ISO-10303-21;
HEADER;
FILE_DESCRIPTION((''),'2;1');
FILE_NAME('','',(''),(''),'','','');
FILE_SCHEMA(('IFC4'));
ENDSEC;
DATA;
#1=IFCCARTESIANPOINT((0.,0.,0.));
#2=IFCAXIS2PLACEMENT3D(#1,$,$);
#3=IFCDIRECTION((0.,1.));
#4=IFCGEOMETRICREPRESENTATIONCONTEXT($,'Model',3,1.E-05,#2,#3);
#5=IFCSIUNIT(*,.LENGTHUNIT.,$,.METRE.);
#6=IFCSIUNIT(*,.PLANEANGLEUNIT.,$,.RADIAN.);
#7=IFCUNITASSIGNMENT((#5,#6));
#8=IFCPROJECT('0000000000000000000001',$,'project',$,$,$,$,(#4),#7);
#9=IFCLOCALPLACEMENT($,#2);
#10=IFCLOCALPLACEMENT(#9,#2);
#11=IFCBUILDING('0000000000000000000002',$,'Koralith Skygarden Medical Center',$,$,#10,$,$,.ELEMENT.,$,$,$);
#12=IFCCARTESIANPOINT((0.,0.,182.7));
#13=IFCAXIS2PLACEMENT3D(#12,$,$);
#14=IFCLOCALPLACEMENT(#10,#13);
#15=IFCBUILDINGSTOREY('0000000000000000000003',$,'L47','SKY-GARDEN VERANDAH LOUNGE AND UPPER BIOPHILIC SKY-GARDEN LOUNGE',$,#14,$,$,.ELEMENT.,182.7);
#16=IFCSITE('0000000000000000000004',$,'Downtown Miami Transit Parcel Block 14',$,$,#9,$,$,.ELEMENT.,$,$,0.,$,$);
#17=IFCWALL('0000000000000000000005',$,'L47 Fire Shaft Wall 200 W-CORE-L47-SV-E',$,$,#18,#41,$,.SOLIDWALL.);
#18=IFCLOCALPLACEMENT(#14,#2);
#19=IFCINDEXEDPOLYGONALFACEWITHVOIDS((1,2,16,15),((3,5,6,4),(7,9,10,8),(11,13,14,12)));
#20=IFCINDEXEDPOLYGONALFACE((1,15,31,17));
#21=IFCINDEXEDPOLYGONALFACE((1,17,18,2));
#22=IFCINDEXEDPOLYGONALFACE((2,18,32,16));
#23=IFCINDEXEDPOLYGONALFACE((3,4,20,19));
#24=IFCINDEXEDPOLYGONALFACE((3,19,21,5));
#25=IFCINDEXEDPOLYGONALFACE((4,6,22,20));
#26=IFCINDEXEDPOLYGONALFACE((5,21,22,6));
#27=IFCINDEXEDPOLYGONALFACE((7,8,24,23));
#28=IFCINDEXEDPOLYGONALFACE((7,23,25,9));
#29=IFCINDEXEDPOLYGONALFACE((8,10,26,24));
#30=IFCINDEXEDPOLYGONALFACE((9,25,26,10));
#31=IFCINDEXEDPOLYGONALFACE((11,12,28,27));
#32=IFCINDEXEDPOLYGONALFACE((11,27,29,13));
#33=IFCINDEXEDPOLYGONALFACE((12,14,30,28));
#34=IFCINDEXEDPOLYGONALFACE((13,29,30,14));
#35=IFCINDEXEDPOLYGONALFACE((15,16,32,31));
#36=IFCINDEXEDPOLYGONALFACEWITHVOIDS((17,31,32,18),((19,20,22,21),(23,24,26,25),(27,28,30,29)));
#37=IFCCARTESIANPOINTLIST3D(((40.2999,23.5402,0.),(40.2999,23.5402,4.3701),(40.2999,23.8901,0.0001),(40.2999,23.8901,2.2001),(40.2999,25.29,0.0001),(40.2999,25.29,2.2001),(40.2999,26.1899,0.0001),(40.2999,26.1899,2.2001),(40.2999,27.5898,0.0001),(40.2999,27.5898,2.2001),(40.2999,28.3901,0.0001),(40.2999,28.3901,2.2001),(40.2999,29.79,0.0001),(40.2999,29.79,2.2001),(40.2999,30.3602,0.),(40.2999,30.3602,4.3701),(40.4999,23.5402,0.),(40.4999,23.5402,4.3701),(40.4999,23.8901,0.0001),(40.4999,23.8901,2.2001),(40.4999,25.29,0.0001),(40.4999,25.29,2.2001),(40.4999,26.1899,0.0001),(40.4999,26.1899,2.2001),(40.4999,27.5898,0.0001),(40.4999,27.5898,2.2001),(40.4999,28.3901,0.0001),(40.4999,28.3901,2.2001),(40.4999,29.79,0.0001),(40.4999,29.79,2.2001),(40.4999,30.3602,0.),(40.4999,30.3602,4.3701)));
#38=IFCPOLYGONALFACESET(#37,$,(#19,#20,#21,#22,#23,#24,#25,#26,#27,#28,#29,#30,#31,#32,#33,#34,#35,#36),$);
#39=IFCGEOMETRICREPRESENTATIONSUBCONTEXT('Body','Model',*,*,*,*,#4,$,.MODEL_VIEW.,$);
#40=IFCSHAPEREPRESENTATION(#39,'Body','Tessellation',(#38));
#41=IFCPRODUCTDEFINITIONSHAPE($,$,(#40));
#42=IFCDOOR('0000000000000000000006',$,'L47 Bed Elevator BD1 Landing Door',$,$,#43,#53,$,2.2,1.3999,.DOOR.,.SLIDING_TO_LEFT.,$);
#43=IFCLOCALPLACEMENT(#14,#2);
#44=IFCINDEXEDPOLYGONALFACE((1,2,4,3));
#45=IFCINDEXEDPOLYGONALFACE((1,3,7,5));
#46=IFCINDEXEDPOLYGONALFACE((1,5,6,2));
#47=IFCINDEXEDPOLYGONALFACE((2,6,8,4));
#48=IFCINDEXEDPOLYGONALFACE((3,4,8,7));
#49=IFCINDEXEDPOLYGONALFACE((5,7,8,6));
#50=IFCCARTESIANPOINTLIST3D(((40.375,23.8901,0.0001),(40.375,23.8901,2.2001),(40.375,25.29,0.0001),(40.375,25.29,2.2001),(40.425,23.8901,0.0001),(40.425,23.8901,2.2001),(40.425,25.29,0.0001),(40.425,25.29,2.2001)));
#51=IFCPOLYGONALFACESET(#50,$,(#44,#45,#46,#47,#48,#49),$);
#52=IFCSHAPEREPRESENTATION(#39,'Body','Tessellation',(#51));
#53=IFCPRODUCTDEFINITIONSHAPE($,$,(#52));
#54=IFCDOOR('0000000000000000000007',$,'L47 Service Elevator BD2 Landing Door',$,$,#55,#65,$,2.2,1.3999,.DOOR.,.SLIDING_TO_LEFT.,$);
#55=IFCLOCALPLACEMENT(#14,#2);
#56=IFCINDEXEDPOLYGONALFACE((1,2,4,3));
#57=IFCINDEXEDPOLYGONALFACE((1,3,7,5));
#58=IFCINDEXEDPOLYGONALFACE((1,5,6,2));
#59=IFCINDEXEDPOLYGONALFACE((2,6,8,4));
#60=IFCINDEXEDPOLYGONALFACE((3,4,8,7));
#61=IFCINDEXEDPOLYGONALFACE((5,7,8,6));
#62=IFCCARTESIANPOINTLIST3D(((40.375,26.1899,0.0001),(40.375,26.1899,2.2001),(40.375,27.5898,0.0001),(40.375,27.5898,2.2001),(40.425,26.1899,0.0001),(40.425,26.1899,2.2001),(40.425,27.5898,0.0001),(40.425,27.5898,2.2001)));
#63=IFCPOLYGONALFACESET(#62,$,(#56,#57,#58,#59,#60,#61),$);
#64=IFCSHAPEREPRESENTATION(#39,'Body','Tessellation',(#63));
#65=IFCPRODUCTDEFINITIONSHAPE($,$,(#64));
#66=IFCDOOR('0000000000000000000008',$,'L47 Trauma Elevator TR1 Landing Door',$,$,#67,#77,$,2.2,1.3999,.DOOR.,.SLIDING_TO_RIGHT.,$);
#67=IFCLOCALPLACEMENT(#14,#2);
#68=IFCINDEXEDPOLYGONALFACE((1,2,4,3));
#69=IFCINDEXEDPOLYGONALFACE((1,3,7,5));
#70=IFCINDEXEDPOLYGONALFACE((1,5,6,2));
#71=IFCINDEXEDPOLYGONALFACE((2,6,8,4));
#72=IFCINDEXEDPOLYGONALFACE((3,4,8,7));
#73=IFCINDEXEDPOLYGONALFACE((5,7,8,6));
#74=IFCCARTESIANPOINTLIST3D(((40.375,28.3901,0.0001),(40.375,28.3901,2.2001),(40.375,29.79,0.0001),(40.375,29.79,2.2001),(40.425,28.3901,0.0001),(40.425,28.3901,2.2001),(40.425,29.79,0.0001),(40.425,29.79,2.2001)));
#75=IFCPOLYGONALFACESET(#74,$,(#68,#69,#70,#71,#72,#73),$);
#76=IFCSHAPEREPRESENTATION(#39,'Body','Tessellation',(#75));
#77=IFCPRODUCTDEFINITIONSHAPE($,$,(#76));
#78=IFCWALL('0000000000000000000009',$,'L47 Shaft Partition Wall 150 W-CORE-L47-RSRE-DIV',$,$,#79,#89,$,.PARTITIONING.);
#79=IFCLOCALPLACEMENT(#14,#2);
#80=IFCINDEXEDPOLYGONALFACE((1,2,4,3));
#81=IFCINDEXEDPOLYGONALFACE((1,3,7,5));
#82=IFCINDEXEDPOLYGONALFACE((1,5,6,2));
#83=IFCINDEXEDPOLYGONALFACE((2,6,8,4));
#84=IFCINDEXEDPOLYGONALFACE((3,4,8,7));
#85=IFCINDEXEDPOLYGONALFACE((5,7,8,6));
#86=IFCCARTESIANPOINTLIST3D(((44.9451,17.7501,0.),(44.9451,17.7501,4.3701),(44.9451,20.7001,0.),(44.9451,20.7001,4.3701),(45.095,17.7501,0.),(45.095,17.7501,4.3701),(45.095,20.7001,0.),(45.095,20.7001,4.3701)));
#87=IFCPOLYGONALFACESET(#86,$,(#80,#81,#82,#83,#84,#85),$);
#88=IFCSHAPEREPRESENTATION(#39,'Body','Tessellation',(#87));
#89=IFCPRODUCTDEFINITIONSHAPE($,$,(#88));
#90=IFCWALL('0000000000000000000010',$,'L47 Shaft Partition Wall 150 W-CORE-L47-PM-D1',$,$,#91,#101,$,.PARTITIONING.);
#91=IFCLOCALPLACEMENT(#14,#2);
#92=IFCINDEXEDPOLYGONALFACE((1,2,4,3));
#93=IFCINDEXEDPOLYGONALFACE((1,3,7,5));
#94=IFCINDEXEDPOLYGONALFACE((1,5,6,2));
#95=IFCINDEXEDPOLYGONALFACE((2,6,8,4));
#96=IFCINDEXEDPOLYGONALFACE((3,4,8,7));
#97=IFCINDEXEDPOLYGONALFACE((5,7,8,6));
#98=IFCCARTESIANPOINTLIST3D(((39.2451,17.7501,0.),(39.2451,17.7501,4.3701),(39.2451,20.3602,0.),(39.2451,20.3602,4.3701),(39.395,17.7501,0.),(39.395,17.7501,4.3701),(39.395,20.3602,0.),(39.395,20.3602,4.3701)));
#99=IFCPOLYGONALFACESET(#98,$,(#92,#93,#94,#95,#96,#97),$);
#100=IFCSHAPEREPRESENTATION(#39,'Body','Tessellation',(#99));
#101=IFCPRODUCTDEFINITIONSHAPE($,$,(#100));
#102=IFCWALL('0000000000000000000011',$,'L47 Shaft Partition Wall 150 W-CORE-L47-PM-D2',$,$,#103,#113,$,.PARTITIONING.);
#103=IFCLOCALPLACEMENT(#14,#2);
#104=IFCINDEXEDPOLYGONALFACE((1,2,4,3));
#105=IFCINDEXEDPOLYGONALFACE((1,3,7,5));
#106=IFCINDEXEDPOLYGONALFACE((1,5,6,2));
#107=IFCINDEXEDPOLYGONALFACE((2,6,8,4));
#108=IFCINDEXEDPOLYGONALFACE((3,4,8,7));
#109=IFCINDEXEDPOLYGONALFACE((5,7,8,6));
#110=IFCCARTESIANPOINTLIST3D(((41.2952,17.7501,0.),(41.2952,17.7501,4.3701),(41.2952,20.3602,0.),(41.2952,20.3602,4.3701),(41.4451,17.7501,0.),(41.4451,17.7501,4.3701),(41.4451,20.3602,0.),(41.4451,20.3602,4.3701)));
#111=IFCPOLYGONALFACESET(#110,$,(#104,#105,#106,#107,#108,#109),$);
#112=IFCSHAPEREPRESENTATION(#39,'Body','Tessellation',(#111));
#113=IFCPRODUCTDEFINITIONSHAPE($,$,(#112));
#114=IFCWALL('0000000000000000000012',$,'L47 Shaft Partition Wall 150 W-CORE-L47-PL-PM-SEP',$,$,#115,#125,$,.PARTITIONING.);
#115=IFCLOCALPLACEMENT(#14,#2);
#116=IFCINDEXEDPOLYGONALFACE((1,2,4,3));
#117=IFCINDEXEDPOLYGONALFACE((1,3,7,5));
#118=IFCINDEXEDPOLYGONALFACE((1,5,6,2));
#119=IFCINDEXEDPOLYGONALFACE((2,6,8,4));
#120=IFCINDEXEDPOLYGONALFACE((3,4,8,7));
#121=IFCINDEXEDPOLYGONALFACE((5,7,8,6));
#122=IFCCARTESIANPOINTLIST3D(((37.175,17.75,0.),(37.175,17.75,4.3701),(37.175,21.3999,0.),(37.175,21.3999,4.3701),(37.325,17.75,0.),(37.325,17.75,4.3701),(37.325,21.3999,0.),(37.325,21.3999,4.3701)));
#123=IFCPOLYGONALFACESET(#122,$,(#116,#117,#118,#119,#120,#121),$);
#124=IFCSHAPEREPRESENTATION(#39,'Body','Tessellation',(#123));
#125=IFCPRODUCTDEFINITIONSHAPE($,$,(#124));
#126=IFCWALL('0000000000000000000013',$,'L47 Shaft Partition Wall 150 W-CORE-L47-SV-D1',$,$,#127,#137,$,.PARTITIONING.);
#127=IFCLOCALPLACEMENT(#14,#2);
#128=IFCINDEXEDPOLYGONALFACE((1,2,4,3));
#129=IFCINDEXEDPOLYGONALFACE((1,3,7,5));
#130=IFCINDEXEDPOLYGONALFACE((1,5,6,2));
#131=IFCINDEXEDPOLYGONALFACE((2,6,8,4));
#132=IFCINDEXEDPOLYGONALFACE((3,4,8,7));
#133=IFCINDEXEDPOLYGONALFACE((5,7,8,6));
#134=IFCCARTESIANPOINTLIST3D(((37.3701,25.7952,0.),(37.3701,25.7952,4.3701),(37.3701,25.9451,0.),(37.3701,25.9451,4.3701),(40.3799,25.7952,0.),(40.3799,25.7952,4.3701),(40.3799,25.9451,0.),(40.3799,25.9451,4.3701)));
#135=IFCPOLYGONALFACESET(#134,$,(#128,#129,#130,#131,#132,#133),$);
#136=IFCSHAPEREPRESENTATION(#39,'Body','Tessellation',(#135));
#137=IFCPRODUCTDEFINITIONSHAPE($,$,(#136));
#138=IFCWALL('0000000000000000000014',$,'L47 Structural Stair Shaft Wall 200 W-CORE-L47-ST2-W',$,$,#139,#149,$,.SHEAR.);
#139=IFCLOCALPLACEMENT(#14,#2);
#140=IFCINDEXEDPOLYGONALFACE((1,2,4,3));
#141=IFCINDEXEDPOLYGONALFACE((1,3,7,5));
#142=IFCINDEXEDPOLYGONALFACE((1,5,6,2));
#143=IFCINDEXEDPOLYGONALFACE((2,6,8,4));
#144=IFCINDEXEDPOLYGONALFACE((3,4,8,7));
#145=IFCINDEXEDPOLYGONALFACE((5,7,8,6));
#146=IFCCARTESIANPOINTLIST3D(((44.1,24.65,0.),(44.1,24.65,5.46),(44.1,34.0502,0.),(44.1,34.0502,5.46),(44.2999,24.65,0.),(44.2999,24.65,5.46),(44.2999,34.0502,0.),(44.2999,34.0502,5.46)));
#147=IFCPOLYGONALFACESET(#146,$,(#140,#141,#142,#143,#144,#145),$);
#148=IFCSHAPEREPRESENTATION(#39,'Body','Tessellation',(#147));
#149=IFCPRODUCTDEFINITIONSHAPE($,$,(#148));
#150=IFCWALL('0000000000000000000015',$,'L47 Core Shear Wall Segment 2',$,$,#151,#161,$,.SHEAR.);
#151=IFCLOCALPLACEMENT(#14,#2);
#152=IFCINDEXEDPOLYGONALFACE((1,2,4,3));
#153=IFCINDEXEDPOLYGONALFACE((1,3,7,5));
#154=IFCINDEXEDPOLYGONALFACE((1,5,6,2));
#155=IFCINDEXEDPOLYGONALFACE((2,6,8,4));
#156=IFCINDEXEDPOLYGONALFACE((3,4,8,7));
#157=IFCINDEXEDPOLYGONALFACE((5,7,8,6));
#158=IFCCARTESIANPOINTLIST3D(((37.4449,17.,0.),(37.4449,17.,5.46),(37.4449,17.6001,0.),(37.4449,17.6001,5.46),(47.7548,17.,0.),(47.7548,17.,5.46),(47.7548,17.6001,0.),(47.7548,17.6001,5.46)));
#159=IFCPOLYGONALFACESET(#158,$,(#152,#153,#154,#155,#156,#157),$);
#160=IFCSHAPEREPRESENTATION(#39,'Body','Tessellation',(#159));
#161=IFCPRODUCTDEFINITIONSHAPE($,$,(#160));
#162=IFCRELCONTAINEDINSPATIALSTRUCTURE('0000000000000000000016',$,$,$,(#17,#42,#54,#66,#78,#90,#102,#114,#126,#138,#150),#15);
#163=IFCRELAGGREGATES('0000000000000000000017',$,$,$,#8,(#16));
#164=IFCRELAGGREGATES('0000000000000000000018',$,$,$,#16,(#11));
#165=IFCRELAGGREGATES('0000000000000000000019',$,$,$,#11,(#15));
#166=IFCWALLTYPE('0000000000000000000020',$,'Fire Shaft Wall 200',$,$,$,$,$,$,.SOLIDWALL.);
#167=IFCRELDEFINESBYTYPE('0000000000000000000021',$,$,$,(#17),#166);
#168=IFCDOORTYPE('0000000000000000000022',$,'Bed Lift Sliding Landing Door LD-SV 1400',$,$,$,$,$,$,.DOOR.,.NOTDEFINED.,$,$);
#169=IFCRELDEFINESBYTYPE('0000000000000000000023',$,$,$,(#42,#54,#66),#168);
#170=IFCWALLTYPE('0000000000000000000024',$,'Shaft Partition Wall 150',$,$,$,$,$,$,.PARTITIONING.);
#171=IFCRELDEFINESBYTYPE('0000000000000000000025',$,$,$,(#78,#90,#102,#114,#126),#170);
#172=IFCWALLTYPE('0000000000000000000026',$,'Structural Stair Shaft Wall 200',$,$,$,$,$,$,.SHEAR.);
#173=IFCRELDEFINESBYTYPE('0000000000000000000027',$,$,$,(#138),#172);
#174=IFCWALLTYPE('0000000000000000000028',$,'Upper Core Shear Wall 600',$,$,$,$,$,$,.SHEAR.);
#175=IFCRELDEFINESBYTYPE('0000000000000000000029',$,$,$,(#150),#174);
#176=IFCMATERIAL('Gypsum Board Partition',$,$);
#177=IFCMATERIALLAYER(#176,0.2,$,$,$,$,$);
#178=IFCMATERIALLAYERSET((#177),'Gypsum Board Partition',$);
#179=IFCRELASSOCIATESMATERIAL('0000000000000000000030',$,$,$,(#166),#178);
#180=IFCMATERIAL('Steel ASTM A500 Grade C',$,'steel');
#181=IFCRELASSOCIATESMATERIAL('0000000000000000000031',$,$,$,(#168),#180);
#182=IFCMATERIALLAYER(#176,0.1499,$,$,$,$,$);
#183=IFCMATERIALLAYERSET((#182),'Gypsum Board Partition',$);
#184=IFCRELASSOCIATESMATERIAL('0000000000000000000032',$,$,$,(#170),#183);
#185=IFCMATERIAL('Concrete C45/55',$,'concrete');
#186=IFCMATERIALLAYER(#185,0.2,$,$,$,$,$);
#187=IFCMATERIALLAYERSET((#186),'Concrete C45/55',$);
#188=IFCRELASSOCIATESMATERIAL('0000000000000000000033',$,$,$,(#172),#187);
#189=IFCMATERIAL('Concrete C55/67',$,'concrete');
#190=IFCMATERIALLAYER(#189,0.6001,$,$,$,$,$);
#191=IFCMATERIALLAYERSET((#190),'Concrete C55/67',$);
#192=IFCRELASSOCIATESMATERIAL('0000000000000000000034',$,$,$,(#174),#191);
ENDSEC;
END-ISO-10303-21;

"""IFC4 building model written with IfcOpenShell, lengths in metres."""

from ifc_helpers import new_model, si_unit, direction, frame, frame_2d, origin, place, context, subcontext, project, spatial, rectangle, extrude, material, layer, layer_set, type_object, element, fill, save


model = new_model("IFC4")

# Units and contexts
model_context = context("Model", 3, precision=1e-05, world=origin(), true_north=direction((0.0, 1.0)))
body_context = subcontext(model_context, "Body", "Model", "MODEL_VIEW")
ifc_project = project(units=[si_unit("LENGTHUNIT", "METRE"), si_unit("PLANEANGLEUNIT", "RADIAN")], contexts=[model_context])

# Site, building, storey
site_placement = place(None, origin())
site = spatial("IfcSite", under=ifc_project, at=site_placement, Name="Downtown Miami Transit Parcel Block 14", CompositionType="ELEMENT", RefElevation=0.0)
building_placement = place(site_placement, origin())
building = spatial("IfcBuilding", under=site, at=building_placement, Name="Koralith Skygarden Medical Center", CompositionType="ELEMENT")
storey_placement = place(building_placement, frame((0.0, 0.0, 182.7)))
storey = spatial("IfcBuildingStorey", under=building, at=storey_placement, Name="L47", Description="SKY-GARDEN VERANDAH LOUNGE AND UPPER BIOPHILIC SKY-GARDEN LOUNGE", CompositionType="ELEMENT", Elevation=182.7)

# Shared definitions
ifc_material_1 = material(Name="Concrete C55/67", Category="concrete")

# Shared definitions
ifc_material_2 = material(Name="Gypsum Board Partition")
ifc_layer_1 = layer(ifc_material_2, 0.2)
ifc_layer_set_1 = layer_set([ifc_layer_1], Name="Gypsum Board Partition")
wall_type_1 = type_object("IfcWallType", Name="Fire Shaft Wall 200", PredefinedType="SOLIDWALL", material=ifc_layer_set_1)
ifc_material_3 = material(Name="Steel ASTM A500 Grade C", Category="steel")

# Wall, openings, doors
wall_1_placement = place(storey_placement, frame((40.3999, 23.54, 0.0), z_axis=(0.0, 0.0, 1.0), x_axis=(0.0, 1.0, 0.0)))
wall_1 = element("IfcWall", 1, at=wall_1_placement, inside=storey, type_object=wall_type_1, Name="L47 Fire Shaft Wall 200 W-CORE-L47-SV-E", PredefinedType="SOLIDWALL", context=body_context, shape_type="SweptSolid", body=[
    extrude(rectangle(XDim=6.8201, YDim=0.2, at=frame_2d((3.4102, 0.0))), origin(), (0.0, 0.0, 1.0), 4.3701),
])
opening_1_placement = place(wall_1_placement, frame((0.3501, 0.0, 0.0)))
opening_1 = element("IfcOpeningElement", 2, at=opening_1_placement, cuts=wall_1, PredefinedType="OPENING", context=body_context, shape_type="SweptSolid", body=[
    extrude(rectangle(XDim=1.3999, YDim=2.2, at=frame_2d((0.7, 1.1001))), frame((0.0, 0.1099, 0.0), z_axis=(0.0, -1.0, 0.0), x_axis=(1.0, 0.0, 0.0)), (0.0, 0.0, 1.0), 0.22),
])
opening_2_placement = place(wall_1_placement, frame((2.6499, 0.0, 0.0)))
opening_2 = element("IfcOpeningElement", 3, at=opening_2_placement, cuts=wall_1, PredefinedType="OPENING", context=body_context, shape_type="SweptSolid", body=[
    extrude(rectangle(XDim=1.3999, YDim=2.2, at=frame_2d((0.7, 1.1001))), frame((0.0, 0.1099, 0.0), z_axis=(0.0, -1.0, 0.0), x_axis=(1.0, 0.0, 0.0)), (0.0, 0.0, 1.0), 0.22),
])
opening_3_placement = place(wall_1_placement, frame((4.8501, 0.0, 0.0)))
opening_3 = element("IfcOpeningElement", 4, at=opening_3_placement, cuts=wall_1, PredefinedType="OPENING", context=body_context, shape_type="SweptSolid", body=[
    extrude(rectangle(XDim=1.3999, YDim=2.2, at=frame_2d((0.7, 1.1001))), frame((0.0, 0.1099, 0.0), z_axis=(0.0, -1.0, 0.0), x_axis=(1.0, 0.0, 0.0)), (0.0, 0.0, 1.0), 0.22),
])
door_type_1 = type_object("IfcDoorType", Name="Bed Lift Sliding Landing Door LD-SV 1400", OperationType="NOTDEFINED", PredefinedType="DOOR", material=ifc_material_3)
door_1_placement = place(opening_1_placement, origin())
door_1 = element("IfcDoor", 5, at=door_1_placement, inside=storey, type_object=door_type_1, Name="L47 Bed Elevator BD1 Landing Door", OperationType="SLIDING_TO_LEFT", OverallHeight=2.2, OverallWidth=1.3999, PredefinedType="DOOR", context=body_context, shape_type="SweptSolid", body=[
    extrude(rectangle(XDim=1.3999, YDim=2.2, at=frame_2d((0.7, 1.1001))), frame((0.0, 0.0249, 0.0), z_axis=(0.0, -1.0, 0.0), x_axis=(1.0, 0.0, 0.0)), (0.0, 0.0, 1.0), 0.05),
])
fill(opening_1, door_1)
door_2_placement = place(opening_2_placement, origin())
door_2 = element("IfcDoor", 6, at=door_2_placement, inside=storey, type_object=door_type_1, Name="L47 Service Elevator BD2 Landing Door", OperationType="SLIDING_TO_LEFT", OverallHeight=2.2, OverallWidth=1.3999, PredefinedType="DOOR", context=body_context, shape_type="SweptSolid", body=[
    extrude(rectangle(XDim=1.3999, YDim=2.2, at=frame_2d((0.7, 1.1001))), frame((0.0, 0.0249, 0.0), z_axis=(0.0, -1.0, 0.0), x_axis=(1.0, 0.0, 0.0)), (0.0, 0.0, 1.0), 0.05),
])
fill(opening_2, door_2)
door_3_placement = place(opening_3_placement, origin())
door_3 = element("IfcDoor", 7, at=door_3_placement, inside=storey, type_object=door_type_1, Name="L47 Trauma Elevator TR1 Landing Door", OperationType="SLIDING_TO_RIGHT", OverallHeight=2.2, OverallWidth=1.3999, PredefinedType="DOOR", context=body_context, shape_type="SweptSolid", body=[
    extrude(rectangle(XDim=1.3999, YDim=2.2, at=frame_2d((0.7, 1.1001))), frame((0.0, 0.0249, 0.0), z_axis=(0.0, -1.0, 0.0), x_axis=(1.0, 0.0, 0.0)), (0.0, 0.0, 1.0), 0.05),
])
fill(opening_3, door_3)

# Walls
ifc_layer_2 = layer(ifc_material_2, 0.1499)
ifc_layer_set_2 = layer_set([ifc_layer_2], Name="Gypsum Board Partition")
wall_type_2 = type_object("IfcWallType", Name="Shaft Partition Wall 150", PredefinedType="PARTITIONING", material=ifc_layer_set_2)
wall_2_placement = place(storey_placement, frame((45.02, 17.75, 0.0), z_axis=(0.0, 0.0, 1.0), x_axis=(0.0, 1.0, 0.0)))
element("IfcWall", 8, at=wall_2_placement, inside=storey, type_object=wall_type_2, Name="L47 Shaft Partition Wall 150 W-CORE-L47-RSRE-DIV", PredefinedType="PARTITIONING", context=body_context, shape_type="SweptSolid", body=[
    extrude(rectangle(XDim=2.95, YDim=0.1499, at=frame_2d((1.4751, 0.0))), origin(), (0.0, 0.0, 1.0), 4.3701),
])
for number, where, z_axis, x_axis, name in (
    (9, (39.3201, 17.75, 0.0), (0.0, 0.0, 1.0), (0.0, 1.0, 0.0), "L47 Shaft Partition Wall 150 W-CORE-L47-PM-D1"),
    (10, (41.3701, 17.75, 0.0), (0.0, 0.0, 1.0), (0.0, 1.0, 0.0), "L47 Shaft Partition Wall 150 W-CORE-L47-PM-D2"),
):
    element("IfcWall", number, at=place(storey_placement, frame(where, z_axis=z_axis, x_axis=x_axis)), inside=storey, type_object=wall_type_2, Name=name, PredefinedType="PARTITIONING", context=body_context, shape_type="SweptSolid", body=[
        extrude(rectangle(XDim=2.6101, YDim=0.1499, at=frame_2d((1.3052, 0.0))), origin(), (0.0, 0.0, 1.0), 4.3701),
    ])
wall_3_placement = place(storey_placement, frame((37.25, 17.75, 0.0), z_axis=(0.0, 0.0, 1.0), x_axis=(0.0, 1.0, 0.0)))
element("IfcWall", 11, at=wall_3_placement, inside=storey, type_object=wall_type_2, Name="L47 Shaft Partition Wall 150 W-CORE-L47-PL-PM-SEP", PredefinedType="PARTITIONING", context=body_context, shape_type="SweptSolid", body=[
    extrude(rectangle(XDim=3.6499, YDim=0.1499, at=frame_2d((1.825, 0.0))), origin(), (0.0, 0.0, 1.0), 4.3701),
])
wall_4_placement = place(storey_placement, frame((37.3701, 25.8701, 0.0), z_axis=(0.0, 0.0, 1.0), x_axis=(1.0, 0.0, 0.0)))
element("IfcWall", 12, at=wall_4_placement, inside=storey, type_object=wall_type_2, Name="L47 Shaft Partition Wall 150 W-CORE-L47-SV-D1", PredefinedType="PARTITIONING", context=body_context, shape_type="SweptSolid", body=[
    extrude(rectangle(XDim=3.0098, YDim=0.1499, at=frame_2d((1.5049, 0.0))), origin(), (0.0, 0.0, 1.0), 4.3701),
])
ifc_material_4 = material(Name="Concrete C45/55", Category="concrete")
ifc_layer_3 = layer(ifc_material_4, 0.2)
ifc_layer_set_3 = layer_set([ifc_layer_3], Name="Concrete C45/55")
wall_type_3 = type_object("IfcWallType", Name="Structural Stair Shaft Wall 200", PredefinedType="SHEAR", material=ifc_layer_set_3)
wall_5_placement = place(storey_placement, frame((44.2, 24.6499, 0.0), z_axis=(0.0, 0.0, 1.0), x_axis=(0.0, 1.0, 0.0)))
element("IfcWall", 13, at=wall_5_placement, inside=storey, type_object=wall_type_3, Name="L47 Structural Stair Shaft Wall 200 W-CORE-L47-ST2-W", PredefinedType="SHEAR", context=body_context, shape_type="SweptSolid", body=[
    extrude(rectangle(XDim=9.4001, YDim=0.2, at=frame_2d((4.7002, 0.0))), origin(), (0.0, 0.0, 1.0), 5.46),
])

# Wall
ifc_layer_4 = layer(ifc_material_1, 0.6001)
ifc_layer_set_4 = layer_set([ifc_layer_4], Name="Concrete C55/67")
wall_type_4 = type_object("IfcWallType", Name="Upper Core Shear Wall 600", PredefinedType="SHEAR", material=ifc_layer_set_4)
wall_6_placement = place(storey_placement, frame((37.4451, 17.3, 0.0), z_axis=(0.0, 0.0, 1.0), x_axis=(1.0, 0.0, 0.0)))
element("IfcWall", 14, at=wall_6_placement, inside=storey, type_object=wall_type_4, Name="L47 Core Shear Wall Segment 2", PredefinedType="SHEAR", context=body_context, shape_type="SweptSolid", body=[
    extrude(rectangle(XDim=10.3098, YDim=0.6001, at=frame_2d((5.1548, 0.0))), origin(), (0.0, 0.0, 1.0), 5.46),
])

save(model, "model.ifc")
